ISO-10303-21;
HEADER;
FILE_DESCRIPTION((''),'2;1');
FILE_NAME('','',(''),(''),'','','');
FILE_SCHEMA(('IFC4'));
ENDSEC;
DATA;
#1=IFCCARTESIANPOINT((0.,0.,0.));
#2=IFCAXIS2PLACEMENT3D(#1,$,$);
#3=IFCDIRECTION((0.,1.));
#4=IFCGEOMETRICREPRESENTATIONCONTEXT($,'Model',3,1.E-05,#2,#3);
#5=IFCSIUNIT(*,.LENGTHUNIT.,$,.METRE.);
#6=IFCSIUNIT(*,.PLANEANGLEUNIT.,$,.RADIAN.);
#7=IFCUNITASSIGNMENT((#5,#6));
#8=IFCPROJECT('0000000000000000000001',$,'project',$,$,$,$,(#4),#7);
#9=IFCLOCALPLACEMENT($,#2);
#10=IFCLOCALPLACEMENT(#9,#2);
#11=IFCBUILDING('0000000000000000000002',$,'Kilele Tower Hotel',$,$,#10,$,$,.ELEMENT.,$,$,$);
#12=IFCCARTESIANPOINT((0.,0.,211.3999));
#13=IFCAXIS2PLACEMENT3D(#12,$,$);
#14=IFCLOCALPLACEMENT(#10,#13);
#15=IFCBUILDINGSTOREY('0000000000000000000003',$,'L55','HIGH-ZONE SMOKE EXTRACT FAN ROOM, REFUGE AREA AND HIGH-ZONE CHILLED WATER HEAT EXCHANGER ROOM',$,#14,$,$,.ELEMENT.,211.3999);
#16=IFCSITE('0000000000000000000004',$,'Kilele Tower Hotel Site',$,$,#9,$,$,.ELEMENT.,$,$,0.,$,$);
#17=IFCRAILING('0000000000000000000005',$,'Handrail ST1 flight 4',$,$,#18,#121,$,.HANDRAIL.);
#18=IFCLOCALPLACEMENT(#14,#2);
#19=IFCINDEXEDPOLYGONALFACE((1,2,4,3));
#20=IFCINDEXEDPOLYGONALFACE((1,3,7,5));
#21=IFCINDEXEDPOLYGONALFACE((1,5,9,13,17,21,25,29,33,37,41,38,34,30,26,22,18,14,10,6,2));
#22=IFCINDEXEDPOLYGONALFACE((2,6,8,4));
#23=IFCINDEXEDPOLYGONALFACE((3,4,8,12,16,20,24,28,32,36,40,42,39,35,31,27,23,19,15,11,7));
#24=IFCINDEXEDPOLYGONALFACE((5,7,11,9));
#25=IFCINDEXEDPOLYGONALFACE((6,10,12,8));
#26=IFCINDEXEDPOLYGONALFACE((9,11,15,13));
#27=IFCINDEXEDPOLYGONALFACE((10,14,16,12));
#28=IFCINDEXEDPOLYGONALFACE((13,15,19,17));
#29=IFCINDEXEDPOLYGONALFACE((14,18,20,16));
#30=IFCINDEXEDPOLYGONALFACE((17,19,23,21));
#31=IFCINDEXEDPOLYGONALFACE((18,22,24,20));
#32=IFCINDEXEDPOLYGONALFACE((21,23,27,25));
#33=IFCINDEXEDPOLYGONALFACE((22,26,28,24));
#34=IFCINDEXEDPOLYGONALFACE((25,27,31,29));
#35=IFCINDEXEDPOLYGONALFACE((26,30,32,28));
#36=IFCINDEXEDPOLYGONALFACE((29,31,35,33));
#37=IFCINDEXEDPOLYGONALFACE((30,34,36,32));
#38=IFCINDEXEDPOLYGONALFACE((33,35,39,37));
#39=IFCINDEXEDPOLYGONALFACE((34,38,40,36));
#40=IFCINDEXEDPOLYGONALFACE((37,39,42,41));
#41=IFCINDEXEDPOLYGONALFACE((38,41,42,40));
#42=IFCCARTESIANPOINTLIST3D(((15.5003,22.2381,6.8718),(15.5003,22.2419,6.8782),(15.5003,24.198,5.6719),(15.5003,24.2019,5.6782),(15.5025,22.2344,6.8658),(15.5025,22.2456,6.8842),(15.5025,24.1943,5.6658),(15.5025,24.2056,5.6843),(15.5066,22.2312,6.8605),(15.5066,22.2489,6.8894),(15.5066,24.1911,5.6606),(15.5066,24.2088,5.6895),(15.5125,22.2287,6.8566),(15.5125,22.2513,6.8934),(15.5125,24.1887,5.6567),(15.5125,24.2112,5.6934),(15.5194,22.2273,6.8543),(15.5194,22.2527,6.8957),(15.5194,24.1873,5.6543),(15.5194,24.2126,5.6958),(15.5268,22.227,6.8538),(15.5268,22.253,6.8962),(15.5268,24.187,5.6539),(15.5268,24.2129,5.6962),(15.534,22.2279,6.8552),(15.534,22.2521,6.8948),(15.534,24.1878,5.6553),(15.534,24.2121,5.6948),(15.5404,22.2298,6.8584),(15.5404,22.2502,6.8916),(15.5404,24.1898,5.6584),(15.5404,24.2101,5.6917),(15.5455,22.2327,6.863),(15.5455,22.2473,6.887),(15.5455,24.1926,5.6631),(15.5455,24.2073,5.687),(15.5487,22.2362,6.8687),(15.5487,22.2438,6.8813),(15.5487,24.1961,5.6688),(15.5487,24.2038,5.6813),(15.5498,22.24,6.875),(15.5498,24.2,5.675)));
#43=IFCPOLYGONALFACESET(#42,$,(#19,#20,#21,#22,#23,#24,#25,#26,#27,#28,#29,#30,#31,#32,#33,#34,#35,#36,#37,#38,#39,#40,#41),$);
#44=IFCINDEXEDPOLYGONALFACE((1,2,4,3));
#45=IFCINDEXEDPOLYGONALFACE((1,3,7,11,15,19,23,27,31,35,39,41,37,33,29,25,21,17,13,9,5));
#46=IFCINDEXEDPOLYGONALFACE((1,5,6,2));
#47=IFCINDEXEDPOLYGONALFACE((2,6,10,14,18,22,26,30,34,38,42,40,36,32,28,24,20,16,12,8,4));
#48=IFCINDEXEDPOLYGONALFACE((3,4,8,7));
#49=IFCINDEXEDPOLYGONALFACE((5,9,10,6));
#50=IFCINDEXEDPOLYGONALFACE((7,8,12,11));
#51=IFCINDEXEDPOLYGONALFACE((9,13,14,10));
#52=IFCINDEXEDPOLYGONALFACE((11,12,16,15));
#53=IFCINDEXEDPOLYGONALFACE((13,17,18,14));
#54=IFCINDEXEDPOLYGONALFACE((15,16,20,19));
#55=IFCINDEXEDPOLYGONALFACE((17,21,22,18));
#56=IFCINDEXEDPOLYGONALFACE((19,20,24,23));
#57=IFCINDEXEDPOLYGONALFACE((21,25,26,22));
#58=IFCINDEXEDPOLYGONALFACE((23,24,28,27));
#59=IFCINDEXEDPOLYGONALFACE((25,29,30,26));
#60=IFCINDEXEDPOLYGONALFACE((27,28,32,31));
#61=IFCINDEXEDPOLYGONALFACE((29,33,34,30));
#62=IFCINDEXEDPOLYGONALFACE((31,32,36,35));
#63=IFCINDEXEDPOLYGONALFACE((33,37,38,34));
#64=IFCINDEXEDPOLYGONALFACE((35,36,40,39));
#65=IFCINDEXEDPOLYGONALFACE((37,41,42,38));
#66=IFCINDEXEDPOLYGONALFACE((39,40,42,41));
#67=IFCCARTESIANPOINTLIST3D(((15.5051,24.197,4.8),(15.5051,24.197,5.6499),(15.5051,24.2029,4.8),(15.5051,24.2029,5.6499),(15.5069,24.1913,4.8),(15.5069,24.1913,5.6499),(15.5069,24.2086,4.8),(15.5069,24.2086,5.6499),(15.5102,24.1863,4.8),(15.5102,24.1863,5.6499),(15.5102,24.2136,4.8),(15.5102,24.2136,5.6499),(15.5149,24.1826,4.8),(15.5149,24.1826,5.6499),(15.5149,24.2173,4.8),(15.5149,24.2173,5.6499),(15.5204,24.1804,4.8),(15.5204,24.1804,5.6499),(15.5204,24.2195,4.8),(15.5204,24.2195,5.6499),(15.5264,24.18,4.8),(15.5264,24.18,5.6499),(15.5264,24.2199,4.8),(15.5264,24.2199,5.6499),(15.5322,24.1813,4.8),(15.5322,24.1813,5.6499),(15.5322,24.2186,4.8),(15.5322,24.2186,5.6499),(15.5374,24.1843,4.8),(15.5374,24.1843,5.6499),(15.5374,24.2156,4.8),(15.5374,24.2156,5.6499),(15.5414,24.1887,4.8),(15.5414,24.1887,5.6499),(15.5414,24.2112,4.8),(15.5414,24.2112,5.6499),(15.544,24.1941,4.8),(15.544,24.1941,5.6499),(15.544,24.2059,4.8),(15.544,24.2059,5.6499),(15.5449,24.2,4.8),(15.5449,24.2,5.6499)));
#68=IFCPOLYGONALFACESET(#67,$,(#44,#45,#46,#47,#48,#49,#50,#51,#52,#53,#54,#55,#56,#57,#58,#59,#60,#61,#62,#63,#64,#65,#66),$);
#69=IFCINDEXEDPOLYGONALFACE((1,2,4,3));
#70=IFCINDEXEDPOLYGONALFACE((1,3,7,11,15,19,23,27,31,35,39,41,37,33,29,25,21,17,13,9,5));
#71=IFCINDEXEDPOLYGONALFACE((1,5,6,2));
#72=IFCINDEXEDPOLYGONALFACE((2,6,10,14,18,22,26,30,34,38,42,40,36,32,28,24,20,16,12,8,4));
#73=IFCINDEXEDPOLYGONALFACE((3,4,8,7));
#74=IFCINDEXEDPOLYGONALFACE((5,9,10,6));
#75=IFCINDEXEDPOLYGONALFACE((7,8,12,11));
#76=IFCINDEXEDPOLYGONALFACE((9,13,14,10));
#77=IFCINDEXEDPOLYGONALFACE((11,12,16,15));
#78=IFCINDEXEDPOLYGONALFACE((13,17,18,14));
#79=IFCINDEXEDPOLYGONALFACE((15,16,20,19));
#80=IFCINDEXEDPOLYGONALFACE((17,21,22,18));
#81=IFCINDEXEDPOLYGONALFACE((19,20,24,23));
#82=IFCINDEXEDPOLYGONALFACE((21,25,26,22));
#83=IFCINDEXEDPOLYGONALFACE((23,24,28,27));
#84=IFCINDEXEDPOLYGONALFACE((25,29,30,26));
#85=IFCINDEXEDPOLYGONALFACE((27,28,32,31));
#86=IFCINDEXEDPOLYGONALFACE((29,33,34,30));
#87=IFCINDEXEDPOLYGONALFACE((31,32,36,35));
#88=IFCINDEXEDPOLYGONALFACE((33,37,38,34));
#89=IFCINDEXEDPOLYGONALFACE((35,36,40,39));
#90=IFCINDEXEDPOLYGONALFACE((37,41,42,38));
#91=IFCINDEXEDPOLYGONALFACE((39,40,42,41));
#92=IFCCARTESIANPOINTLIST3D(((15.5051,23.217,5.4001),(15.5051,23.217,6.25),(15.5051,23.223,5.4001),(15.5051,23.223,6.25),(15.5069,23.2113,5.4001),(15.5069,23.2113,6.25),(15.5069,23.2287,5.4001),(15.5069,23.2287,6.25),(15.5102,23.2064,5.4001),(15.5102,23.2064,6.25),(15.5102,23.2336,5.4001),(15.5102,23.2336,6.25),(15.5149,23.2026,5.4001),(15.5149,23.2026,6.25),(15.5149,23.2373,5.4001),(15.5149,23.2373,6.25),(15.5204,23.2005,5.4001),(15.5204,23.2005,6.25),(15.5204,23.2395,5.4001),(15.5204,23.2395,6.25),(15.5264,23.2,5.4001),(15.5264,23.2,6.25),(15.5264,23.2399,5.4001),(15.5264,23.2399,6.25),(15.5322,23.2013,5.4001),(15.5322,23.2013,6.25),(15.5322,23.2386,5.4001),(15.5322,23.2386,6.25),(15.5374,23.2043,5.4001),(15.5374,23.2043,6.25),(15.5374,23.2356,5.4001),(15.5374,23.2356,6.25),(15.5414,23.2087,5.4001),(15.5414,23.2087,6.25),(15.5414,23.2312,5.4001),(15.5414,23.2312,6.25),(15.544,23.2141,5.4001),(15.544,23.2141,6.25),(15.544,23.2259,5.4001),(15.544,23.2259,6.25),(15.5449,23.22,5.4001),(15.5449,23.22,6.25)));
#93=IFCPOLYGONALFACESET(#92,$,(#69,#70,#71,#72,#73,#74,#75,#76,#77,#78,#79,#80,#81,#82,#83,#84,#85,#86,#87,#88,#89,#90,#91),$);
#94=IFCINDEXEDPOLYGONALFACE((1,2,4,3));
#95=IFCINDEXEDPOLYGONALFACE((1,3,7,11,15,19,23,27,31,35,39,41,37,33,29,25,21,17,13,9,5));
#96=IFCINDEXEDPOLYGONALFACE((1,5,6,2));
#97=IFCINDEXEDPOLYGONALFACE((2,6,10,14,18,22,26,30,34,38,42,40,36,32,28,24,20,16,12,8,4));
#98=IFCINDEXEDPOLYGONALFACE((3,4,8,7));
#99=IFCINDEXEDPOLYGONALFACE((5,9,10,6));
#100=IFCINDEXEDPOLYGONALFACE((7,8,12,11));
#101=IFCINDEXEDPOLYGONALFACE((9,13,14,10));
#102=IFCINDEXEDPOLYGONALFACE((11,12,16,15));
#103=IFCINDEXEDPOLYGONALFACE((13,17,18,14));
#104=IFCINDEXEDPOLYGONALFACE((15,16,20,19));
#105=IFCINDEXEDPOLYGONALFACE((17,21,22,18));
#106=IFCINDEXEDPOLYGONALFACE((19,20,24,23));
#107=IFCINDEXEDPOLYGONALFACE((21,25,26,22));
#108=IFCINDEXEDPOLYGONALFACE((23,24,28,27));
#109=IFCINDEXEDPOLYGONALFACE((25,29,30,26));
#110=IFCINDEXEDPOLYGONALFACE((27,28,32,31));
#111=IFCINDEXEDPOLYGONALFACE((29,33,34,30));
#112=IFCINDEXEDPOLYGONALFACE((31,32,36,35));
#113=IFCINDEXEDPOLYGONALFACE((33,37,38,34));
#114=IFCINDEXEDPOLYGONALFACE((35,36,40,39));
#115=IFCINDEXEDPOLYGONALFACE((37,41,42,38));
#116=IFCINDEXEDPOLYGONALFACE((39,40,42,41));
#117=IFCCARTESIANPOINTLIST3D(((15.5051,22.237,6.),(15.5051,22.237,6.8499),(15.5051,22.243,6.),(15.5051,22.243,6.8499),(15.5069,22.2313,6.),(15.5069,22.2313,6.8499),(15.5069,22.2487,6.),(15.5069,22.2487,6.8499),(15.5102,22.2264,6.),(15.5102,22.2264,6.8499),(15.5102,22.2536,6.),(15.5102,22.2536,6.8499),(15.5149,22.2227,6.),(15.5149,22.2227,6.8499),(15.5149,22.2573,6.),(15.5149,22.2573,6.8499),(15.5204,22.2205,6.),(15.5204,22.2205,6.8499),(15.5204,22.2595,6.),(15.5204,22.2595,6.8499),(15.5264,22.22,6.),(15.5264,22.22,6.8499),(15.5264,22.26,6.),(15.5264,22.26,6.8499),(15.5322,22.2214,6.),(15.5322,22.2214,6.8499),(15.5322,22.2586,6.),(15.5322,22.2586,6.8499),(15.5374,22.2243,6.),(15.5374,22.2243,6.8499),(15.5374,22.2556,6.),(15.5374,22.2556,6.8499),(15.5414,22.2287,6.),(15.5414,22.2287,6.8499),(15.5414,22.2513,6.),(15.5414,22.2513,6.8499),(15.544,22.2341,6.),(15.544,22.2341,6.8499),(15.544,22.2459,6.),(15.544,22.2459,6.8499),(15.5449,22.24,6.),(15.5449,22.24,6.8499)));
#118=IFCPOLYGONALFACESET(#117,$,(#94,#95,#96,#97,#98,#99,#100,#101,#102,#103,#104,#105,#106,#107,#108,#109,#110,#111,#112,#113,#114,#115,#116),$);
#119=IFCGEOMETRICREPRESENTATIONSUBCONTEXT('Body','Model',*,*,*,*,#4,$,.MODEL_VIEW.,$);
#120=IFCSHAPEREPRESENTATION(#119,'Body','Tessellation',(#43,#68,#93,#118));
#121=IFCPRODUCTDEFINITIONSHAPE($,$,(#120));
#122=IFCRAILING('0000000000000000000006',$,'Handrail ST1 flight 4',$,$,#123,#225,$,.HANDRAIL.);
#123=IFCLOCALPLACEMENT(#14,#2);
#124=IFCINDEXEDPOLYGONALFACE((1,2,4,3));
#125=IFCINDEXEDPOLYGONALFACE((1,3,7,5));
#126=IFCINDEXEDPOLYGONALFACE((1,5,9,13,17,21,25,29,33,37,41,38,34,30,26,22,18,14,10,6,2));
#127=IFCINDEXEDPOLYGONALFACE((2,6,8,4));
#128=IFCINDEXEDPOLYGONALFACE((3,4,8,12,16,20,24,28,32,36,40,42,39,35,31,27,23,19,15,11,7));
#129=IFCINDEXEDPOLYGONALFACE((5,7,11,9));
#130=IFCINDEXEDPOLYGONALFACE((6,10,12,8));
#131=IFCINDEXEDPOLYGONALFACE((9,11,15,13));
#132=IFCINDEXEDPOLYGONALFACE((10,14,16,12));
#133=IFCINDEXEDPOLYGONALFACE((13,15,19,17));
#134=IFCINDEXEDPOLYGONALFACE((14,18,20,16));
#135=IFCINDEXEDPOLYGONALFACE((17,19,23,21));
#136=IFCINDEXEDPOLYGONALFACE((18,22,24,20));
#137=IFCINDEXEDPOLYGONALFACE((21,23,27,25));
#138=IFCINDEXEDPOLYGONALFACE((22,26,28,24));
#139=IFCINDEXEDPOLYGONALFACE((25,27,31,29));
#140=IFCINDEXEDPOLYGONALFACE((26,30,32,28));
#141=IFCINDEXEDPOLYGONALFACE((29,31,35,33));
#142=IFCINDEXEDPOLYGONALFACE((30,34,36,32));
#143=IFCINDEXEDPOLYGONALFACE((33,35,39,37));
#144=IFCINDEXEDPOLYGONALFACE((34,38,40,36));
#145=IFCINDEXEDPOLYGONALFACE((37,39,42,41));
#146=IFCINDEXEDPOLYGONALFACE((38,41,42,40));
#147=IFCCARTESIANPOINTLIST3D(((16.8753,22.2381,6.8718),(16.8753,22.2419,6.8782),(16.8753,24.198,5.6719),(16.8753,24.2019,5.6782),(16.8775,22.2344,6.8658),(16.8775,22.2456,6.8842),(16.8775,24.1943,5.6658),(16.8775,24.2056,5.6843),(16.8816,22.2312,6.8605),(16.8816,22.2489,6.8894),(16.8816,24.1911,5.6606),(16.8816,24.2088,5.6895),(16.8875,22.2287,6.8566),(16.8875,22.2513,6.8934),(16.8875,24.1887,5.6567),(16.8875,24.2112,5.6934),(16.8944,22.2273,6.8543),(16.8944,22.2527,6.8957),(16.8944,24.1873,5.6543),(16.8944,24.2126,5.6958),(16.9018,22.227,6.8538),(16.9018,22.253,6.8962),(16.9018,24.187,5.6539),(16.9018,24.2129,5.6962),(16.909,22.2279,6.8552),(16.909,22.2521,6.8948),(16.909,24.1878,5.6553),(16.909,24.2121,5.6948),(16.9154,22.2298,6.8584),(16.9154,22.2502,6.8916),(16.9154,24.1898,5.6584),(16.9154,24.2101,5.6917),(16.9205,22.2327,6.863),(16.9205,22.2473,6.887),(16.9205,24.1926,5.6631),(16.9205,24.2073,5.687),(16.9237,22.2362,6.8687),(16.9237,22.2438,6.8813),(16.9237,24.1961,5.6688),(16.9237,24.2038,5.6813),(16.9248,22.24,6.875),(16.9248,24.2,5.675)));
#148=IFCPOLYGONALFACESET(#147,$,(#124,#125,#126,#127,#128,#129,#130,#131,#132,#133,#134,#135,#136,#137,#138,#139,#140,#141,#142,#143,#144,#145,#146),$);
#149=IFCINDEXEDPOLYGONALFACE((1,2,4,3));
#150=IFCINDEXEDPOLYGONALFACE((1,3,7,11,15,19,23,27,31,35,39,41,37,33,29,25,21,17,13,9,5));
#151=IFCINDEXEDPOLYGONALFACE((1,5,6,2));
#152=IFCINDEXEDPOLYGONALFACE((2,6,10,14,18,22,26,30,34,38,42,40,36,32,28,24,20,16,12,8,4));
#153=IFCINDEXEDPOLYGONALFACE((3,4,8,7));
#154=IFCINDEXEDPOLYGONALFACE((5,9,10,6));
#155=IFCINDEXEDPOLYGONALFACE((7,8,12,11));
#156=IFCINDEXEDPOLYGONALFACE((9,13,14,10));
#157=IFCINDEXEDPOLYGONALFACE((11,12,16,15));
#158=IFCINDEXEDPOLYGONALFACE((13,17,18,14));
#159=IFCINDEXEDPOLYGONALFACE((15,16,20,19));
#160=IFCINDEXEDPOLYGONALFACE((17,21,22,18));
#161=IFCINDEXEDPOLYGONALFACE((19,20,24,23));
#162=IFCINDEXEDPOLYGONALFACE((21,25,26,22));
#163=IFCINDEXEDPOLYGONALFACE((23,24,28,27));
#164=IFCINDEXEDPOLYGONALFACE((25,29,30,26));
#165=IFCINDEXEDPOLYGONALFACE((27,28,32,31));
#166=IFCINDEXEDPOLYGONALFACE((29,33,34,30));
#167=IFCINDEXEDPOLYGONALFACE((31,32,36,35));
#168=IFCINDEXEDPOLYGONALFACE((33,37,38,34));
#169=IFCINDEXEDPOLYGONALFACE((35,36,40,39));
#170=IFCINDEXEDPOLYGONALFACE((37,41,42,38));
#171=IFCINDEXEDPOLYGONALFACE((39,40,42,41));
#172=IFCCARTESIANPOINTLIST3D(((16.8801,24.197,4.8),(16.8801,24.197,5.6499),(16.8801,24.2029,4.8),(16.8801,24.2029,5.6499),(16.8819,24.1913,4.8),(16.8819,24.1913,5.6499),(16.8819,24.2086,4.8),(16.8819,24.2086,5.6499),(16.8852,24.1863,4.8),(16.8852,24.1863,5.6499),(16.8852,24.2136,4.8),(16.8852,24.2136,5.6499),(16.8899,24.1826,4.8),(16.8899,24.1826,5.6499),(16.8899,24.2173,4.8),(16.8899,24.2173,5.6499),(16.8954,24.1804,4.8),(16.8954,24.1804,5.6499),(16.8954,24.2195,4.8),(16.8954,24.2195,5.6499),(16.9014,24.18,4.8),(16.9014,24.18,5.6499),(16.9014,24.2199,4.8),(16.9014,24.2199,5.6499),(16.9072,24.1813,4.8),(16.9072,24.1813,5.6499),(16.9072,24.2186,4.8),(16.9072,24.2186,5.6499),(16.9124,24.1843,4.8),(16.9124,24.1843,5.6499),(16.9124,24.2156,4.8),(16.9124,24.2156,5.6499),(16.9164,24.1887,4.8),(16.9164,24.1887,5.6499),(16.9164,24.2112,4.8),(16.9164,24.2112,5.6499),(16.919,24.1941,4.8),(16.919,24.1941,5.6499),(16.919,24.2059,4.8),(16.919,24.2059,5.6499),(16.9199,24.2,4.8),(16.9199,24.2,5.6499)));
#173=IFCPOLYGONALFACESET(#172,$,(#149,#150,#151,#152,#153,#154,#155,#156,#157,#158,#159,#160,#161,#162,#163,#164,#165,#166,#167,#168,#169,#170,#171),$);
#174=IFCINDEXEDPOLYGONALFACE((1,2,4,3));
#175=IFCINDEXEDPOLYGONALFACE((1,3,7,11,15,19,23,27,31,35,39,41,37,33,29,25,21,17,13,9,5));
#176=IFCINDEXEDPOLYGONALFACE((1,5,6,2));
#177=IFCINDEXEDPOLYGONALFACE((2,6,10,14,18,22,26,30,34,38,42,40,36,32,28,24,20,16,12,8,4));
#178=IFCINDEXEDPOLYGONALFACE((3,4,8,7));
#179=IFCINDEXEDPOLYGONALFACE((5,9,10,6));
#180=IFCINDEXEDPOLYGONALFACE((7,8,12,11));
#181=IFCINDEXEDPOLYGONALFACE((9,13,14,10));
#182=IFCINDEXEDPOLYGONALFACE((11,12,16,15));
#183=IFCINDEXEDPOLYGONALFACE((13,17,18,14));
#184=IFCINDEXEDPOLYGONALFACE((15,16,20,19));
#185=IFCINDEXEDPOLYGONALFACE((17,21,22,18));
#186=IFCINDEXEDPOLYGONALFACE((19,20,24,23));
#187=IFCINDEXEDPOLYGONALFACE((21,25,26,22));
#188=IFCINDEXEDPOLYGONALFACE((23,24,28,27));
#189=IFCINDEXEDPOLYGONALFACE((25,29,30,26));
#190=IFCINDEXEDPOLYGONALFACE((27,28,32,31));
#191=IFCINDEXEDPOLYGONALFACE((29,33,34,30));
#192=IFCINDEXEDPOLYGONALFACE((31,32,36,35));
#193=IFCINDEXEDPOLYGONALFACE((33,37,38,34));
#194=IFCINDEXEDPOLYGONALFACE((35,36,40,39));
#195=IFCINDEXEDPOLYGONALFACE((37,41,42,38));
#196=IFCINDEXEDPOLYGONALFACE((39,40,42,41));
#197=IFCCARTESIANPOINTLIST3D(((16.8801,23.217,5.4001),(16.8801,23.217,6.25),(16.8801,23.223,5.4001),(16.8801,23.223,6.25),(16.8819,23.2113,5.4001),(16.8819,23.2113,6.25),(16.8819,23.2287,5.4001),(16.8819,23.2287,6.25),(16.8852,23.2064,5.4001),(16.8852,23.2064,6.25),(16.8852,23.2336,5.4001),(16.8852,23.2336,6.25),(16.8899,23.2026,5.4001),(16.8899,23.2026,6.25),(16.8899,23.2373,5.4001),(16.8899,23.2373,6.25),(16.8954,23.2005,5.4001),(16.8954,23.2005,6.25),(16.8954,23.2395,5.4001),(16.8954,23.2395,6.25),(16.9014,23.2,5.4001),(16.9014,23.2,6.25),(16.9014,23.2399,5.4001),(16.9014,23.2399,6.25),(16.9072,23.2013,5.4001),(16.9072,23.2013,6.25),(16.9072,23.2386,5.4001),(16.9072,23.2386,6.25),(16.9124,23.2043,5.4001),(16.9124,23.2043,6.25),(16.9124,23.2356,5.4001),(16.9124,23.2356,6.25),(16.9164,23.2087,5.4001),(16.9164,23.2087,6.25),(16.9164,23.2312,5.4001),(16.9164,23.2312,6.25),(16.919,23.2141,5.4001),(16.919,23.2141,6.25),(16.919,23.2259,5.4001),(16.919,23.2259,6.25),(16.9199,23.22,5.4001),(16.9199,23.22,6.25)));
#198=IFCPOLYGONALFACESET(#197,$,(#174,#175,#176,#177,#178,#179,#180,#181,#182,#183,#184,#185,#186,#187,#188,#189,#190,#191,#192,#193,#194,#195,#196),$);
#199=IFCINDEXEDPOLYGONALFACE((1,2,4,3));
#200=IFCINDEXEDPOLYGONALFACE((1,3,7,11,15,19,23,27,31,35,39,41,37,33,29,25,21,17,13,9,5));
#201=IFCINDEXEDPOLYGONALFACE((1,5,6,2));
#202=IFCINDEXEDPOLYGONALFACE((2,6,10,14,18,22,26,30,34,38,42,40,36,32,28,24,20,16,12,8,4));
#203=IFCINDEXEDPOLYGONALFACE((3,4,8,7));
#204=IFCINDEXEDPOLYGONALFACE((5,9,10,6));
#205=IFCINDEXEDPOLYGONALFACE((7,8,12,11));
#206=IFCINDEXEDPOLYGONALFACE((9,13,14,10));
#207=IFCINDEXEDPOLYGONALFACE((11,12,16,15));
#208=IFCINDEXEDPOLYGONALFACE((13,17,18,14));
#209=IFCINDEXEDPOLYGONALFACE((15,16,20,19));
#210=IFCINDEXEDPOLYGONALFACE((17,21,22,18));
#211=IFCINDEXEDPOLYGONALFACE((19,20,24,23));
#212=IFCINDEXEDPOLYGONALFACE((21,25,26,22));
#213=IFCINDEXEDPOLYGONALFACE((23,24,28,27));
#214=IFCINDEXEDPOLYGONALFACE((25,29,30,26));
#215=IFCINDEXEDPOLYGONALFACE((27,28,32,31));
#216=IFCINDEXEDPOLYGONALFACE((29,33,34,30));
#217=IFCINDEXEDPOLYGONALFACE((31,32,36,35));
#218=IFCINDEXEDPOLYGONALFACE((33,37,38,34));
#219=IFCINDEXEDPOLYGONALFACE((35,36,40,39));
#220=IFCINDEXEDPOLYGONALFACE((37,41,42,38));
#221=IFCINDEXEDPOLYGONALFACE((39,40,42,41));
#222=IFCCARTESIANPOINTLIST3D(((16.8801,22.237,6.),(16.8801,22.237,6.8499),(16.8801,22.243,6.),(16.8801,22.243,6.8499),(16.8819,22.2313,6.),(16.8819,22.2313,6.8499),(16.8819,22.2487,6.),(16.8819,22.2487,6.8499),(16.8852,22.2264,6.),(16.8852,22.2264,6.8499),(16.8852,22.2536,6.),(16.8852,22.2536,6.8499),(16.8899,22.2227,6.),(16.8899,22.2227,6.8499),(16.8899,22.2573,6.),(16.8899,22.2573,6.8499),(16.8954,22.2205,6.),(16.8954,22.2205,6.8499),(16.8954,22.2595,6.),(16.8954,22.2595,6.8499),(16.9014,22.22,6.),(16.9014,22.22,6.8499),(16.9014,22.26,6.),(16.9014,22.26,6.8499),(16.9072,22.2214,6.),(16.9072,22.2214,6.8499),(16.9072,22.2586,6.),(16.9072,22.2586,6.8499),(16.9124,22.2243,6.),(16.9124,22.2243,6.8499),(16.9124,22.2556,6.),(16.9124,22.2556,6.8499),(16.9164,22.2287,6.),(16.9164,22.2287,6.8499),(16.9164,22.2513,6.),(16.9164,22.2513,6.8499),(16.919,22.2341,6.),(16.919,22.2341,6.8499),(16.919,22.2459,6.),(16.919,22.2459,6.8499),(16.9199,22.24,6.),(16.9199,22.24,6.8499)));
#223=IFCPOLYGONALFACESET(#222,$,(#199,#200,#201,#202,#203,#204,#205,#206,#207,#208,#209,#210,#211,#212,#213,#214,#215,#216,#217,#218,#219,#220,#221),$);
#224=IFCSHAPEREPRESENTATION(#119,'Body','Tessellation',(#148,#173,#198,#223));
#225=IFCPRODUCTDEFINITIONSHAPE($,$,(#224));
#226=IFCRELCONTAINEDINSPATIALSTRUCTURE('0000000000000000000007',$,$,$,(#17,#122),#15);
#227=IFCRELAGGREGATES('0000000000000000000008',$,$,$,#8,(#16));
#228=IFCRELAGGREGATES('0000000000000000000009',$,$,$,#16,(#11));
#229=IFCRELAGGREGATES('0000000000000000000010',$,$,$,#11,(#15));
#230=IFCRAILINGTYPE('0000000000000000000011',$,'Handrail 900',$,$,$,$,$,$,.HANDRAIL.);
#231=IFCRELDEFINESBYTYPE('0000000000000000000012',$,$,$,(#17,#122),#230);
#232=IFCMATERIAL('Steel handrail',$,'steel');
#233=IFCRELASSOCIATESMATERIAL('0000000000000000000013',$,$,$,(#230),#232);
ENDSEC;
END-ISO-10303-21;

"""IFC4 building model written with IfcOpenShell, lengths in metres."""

from ifc_helpers import new_model, si_unit, direction, frame, origin, origin_2d, place, context, subcontext, project, spatial, circle, extrude, material, type_object, element, save


model = new_model("IFC4")

# Units and contexts
model_context = context("Model", 3, precision=1e-05, world=origin(), true_north=direction((0.0, 1.0)))
body_context = subcontext(model_context, "Body", "Model", "MODEL_VIEW")
ifc_project = project(units=[si_unit("LENGTHUNIT", "METRE"), si_unit("PLANEANGLEUNIT", "RADIAN")], contexts=[model_context])

# Site, building, storey
site_placement = place(None, origin())
site = spatial("IfcSite", under=ifc_project, at=site_placement, Name="Kilele Tower Hotel Site", CompositionType="ELEMENT", RefElevation=0.0)
building_placement = place(site_placement, origin())
building = spatial("IfcBuilding", under=site, at=building_placement, Name="Kilele Tower Hotel", CompositionType="ELEMENT")
storey_placement = place(building_placement, frame((0.0, 0.0, 211.3999)))
storey = spatial("IfcBuildingStorey", under=building, at=storey_placement, Name="L55", Description="HIGH-ZONE SMOKE EXTRACT FAN ROOM, REFUGE AREA AND HIGH-ZONE CHILLED WATER HEAT EXCHANGER ROOM", CompositionType="ELEMENT", Elevation=211.3999)

# Railings
ifc_material_1 = material(Name="Steel handrail", Category="steel")
railing_type_1 = type_object("IfcRailingType", Name="Handrail 900", PredefinedType="HANDRAIL", material=ifc_material_1)
for number, where, name in (
    (1, (15.5249, 24.2, 4.8), "Handrail ST1 flight 4"),
    (2, (16.8999, 24.2, 4.8), "Handrail ST1 flight 4"),
):
    element("IfcRailing", number, at=place(storey_placement, frame(where)), inside=storey, type_object=railing_type_1, Name=name, PredefinedType="HANDRAIL", context=body_context, shape_type="SweptSolid", body=[
        extrude(circle(Radius=0.0249, at=origin_2d()), frame((0.0, 0.0, 0.875), z_axis=(0.0, -0.852856, 0.522146), x_axis=(1.0, 0.0, 0.0)), (0.0, 0.0, 1.0), 2.2981),
        extrude(circle(Radius=0.02, at=origin_2d()), origin(), (0.0, 0.0, 1.0), 0.8499),
        extrude(circle(Radius=0.02, at=origin_2d()), frame((0.0, -0.98, 0.6001)), (0.0, 0.0, 1.0), 0.8499),
        extrude(circle(Radius=0.02, at=origin_2d()), frame((0.0, -1.96, 1.2)), (0.0, 0.0, 1.0), 0.8499),
    ])

save(model, "model.ifc")
